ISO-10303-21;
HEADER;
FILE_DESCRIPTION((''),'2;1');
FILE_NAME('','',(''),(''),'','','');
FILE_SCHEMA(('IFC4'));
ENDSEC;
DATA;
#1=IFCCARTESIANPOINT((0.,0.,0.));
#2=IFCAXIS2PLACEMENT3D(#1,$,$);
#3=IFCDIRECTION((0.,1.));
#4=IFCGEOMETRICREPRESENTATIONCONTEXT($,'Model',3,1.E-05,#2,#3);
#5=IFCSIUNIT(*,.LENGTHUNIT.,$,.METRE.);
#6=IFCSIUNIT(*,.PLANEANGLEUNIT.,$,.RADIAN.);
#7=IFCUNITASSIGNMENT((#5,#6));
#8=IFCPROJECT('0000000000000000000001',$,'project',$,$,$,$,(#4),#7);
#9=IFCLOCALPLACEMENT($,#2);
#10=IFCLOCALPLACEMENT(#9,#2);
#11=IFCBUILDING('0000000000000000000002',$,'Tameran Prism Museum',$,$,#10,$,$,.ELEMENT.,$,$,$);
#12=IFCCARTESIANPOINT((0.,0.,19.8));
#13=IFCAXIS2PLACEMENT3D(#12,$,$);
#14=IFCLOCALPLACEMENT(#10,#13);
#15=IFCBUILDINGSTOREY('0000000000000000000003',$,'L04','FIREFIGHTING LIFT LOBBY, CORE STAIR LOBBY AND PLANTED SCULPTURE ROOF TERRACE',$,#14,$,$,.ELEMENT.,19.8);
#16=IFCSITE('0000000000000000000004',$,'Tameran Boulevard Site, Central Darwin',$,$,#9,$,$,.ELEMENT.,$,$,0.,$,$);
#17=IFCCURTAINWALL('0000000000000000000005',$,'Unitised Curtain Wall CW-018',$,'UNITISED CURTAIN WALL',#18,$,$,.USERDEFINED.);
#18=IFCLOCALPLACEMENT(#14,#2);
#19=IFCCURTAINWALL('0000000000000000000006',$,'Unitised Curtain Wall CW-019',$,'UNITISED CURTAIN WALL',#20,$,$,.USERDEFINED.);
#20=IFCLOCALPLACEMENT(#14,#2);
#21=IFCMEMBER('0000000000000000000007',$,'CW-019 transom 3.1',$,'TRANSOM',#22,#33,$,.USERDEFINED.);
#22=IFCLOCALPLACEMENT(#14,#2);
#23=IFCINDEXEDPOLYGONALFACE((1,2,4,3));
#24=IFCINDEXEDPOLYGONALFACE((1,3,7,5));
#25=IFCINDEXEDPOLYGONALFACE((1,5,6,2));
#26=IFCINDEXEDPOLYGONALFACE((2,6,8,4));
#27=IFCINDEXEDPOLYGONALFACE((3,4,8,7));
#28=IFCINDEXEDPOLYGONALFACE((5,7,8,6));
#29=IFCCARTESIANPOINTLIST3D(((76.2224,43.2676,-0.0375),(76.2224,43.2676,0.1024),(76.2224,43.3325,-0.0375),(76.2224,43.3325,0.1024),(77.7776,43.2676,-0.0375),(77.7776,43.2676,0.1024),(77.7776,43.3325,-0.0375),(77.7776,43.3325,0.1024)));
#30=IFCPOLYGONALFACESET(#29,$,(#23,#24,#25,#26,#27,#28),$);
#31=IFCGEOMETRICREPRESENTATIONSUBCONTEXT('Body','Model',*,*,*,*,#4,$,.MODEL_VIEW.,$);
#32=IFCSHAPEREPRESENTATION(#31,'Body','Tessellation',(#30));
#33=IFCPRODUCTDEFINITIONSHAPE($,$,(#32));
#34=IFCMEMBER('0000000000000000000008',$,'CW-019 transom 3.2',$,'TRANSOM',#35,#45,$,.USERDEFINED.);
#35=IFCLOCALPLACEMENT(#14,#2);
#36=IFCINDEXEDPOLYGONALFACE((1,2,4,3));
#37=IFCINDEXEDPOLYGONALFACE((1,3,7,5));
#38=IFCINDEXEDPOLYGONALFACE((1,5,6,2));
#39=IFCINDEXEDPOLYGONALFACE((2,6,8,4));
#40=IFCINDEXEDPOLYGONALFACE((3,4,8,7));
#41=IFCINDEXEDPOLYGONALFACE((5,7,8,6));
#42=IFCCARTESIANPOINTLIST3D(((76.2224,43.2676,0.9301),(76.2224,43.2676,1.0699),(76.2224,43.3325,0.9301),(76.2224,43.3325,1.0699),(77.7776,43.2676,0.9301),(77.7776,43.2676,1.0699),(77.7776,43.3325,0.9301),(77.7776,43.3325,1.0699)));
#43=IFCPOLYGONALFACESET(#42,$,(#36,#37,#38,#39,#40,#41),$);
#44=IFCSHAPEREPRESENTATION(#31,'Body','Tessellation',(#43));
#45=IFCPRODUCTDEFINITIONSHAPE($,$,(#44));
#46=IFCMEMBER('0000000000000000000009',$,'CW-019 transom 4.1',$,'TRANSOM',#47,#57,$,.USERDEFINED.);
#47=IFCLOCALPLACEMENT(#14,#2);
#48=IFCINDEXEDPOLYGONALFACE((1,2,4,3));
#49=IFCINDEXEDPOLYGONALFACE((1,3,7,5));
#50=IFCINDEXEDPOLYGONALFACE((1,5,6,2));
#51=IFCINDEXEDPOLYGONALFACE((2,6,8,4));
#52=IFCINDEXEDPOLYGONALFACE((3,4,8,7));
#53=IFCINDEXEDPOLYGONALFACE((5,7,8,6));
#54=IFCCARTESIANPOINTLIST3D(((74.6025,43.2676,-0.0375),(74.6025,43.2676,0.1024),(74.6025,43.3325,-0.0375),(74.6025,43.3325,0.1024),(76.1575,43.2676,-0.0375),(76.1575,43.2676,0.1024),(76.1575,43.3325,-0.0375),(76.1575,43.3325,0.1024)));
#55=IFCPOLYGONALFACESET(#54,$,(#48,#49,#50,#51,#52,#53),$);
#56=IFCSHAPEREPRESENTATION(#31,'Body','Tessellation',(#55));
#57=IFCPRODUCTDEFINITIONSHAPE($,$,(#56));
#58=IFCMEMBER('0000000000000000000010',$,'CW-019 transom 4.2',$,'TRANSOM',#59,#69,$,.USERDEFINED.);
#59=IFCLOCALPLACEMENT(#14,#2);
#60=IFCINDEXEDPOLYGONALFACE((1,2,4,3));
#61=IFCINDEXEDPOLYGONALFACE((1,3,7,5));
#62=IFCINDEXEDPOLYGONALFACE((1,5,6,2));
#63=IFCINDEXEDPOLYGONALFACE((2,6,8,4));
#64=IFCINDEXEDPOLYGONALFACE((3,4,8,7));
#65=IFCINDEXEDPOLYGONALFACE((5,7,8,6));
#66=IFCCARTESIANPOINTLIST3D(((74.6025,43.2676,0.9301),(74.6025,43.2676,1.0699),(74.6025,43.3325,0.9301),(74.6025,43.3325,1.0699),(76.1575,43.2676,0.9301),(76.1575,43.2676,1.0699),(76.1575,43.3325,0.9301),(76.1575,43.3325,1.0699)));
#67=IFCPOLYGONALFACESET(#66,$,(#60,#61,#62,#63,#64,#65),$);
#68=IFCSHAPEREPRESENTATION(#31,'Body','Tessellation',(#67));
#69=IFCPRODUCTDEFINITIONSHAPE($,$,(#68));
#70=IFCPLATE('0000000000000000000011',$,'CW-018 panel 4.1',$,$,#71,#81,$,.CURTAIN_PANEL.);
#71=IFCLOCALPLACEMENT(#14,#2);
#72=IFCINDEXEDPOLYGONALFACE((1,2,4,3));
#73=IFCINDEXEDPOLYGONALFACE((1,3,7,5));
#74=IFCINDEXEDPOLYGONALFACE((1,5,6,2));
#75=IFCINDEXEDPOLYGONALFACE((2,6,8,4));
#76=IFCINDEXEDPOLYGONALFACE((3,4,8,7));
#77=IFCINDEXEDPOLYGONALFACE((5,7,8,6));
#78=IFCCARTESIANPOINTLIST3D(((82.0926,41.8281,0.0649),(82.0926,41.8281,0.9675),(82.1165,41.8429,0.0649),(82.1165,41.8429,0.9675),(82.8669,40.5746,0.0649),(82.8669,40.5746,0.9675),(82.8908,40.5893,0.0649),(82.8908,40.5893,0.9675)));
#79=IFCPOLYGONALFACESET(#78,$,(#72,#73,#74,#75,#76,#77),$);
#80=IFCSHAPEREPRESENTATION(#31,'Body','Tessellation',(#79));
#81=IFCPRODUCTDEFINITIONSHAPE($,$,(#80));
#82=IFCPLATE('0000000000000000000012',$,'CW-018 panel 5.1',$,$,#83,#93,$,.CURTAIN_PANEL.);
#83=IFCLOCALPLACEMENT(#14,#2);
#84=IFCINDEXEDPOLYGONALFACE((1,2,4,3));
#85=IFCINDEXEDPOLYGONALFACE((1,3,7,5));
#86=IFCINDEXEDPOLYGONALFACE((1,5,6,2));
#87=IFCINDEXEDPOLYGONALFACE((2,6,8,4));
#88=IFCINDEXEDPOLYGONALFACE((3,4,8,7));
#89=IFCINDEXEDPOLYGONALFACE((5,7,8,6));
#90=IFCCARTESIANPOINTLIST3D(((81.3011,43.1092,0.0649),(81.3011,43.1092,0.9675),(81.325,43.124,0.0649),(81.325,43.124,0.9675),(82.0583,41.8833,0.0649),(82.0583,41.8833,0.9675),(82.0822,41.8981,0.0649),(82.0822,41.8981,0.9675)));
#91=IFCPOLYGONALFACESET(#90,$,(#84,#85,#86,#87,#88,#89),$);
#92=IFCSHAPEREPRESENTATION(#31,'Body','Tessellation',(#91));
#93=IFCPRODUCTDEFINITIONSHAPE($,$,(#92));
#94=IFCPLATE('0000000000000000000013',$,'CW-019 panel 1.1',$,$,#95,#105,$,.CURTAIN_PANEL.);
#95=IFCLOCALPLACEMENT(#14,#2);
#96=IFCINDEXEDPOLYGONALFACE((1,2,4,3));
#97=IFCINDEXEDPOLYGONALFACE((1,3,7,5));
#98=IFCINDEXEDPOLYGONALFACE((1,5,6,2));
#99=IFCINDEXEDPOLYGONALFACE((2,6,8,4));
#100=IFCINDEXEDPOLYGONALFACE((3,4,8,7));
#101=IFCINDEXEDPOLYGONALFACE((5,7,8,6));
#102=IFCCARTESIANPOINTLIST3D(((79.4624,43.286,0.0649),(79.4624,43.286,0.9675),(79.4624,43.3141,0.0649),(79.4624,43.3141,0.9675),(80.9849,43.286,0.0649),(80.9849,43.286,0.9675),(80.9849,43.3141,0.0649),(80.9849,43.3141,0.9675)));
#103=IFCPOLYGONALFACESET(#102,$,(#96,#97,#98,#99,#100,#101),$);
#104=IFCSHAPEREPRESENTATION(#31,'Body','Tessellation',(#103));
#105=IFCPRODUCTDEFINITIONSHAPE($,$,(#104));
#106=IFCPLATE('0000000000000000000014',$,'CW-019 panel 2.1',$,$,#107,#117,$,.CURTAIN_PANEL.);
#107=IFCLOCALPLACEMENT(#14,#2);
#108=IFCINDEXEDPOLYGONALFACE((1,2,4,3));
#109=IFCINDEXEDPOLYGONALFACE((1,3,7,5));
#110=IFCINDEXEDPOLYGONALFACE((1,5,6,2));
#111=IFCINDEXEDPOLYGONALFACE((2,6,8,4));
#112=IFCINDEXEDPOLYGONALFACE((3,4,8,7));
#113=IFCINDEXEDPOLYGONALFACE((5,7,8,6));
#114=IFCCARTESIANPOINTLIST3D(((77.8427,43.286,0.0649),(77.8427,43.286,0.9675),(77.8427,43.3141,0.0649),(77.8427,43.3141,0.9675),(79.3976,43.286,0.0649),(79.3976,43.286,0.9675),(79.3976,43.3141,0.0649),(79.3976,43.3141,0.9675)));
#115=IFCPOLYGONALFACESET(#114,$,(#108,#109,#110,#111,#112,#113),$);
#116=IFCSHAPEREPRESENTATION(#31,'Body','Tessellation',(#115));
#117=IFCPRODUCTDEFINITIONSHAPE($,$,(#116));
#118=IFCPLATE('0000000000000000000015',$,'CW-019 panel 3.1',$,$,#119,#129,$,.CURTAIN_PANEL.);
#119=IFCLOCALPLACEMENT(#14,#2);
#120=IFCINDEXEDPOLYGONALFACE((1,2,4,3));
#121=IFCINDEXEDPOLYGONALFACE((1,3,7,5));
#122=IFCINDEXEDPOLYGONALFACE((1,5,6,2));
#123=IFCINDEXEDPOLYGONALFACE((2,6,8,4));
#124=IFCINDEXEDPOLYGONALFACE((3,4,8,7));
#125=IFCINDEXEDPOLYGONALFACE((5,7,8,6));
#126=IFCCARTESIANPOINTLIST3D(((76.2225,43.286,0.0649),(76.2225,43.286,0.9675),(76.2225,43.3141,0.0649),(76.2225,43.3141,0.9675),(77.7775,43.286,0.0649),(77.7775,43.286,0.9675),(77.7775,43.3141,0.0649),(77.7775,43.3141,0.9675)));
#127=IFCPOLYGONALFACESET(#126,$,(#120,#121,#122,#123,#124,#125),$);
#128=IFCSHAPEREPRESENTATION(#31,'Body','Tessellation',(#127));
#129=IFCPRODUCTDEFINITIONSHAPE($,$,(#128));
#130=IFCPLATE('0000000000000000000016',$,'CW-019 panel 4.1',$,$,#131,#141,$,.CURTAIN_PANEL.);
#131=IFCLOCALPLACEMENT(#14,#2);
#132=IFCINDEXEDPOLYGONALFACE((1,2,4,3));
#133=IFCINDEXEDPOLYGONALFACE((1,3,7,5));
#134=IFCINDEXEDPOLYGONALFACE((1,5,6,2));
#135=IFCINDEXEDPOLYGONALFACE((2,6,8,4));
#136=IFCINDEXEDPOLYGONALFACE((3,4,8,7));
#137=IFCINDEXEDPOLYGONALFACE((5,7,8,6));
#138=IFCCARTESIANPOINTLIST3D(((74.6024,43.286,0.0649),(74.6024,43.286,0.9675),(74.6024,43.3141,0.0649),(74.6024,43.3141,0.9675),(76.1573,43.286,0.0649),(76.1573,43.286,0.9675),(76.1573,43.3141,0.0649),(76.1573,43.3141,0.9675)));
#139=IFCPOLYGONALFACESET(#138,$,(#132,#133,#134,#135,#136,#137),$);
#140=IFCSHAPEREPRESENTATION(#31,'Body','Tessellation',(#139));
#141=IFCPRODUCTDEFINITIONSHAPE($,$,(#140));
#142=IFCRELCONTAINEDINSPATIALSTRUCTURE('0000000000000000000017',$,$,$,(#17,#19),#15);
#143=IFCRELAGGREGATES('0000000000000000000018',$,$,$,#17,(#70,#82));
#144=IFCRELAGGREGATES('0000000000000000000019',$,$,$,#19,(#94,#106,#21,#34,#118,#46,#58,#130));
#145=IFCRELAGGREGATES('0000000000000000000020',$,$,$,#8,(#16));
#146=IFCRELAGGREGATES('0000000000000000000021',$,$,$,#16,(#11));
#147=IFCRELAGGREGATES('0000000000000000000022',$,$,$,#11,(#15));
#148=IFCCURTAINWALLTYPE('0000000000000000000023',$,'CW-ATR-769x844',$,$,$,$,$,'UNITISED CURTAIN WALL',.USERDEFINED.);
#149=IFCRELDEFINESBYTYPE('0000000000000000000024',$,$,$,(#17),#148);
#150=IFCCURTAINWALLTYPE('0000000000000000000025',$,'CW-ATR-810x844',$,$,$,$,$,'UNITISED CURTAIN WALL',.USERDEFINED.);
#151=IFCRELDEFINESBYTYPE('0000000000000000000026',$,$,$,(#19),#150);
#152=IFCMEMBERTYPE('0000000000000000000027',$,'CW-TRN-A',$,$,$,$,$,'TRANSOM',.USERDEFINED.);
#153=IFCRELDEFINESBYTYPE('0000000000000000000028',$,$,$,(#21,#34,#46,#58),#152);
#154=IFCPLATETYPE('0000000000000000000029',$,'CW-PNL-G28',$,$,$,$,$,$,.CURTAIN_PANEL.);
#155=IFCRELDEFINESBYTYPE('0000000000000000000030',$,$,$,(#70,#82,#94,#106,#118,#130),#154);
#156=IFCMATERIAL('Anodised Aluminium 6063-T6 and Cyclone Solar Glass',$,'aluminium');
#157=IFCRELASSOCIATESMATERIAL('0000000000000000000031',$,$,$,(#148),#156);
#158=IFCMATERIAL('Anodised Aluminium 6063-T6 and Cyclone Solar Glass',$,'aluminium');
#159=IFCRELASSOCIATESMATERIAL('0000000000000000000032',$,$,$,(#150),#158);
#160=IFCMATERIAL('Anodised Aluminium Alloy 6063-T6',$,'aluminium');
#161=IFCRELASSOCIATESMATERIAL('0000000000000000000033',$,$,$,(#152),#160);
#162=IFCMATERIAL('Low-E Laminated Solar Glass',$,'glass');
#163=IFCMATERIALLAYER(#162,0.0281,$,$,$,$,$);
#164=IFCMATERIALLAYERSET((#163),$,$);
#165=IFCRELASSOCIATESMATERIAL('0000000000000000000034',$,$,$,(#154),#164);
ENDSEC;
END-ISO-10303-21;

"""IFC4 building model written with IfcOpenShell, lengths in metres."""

from ifc_helpers import new_model, si_unit, direction, frame, origin, origin_2d, place, context, subcontext, project, spatial, rectangle, extrude, material, layer, layer_set, material_profile, profile_set, type_object, element, aggregate, save


model = new_model("IFC4")

# Units and contexts
model_context = context("Model", 3, precision=1e-05, world=origin(), true_north=direction((0.0, 1.0)))
body_context = subcontext(model_context, "Body", "Model", "MODEL_VIEW")
ifc_project = project(units=[si_unit("LENGTHUNIT", "METRE"), si_unit("PLANEANGLEUNIT", "RADIAN")], contexts=[model_context])

# Site, building, storey
site_placement = place(None, origin())
site = spatial("IfcSite", under=ifc_project, at=site_placement, Name="Tameran Boulevard Site, Central Darwin", CompositionType="ELEMENT", RefElevation=0.0)
building_placement = place(site_placement, origin())
building = spatial("IfcBuilding", under=site, at=building_placement, Name="Tameran Prism Museum", CompositionType="ELEMENT")
storey_placement = place(building_placement, frame((0.0, 0.0, 19.8)))
storey = spatial("IfcBuildingStorey", under=building, at=storey_placement, Name="L04", Description="FIREFIGHTING LIFT LOBBY, CORE STAIR LOBBY AND PLANTED SCULPTURE ROOF TERRACE", CompositionType="ELEMENT", Elevation=19.8)

# Curtain walls
ifc_material_1 = material(Name="Anodised Aluminium 6063-T6 and Cyclone Solar Glass", Category="aluminium")
curtain_wall_type_1 = type_object("IfcCurtainWallType", Name="CW-ATR-769x844", ElementType="UNITISED CURTAIN WALL", PredefinedType="USERDEFINED", material=ifc_material_1)
curtain_wall_1_placement = place(storey_placement, origin())
curtain_wall_1 = element("IfcCurtainWall", 1, at=curtain_wall_1_placement, inside=storey, type_object=curtain_wall_type_1, Name="Unitised Curtain Wall CW-018", ObjectType="UNITISED CURTAIN WALL", PredefinedType="USERDEFINED")
ifc_material_2 = material(Name="Anodised Aluminium 6063-T6 and Cyclone Solar Glass", Category="aluminium")
curtain_wall_type_2 = type_object("IfcCurtainWallType", Name="CW-ATR-810x844", ElementType="UNITISED CURTAIN WALL", PredefinedType="USERDEFINED", material=ifc_material_2)
curtain_wall_2_placement = place(storey_placement, origin())
curtain_wall_2 = element("IfcCurtainWall", 2, at=curtain_wall_2_placement, inside=storey, type_object=curtain_wall_type_2, Name="Unitised Curtain Wall CW-019", ObjectType="UNITISED CURTAIN WALL", PredefinedType="USERDEFINED")

# Members
ifc_material_3 = material(Name="Anodised Aluminium Alloy 6063-T6", Category="aluminium")
ifc_material_profile_1 = material_profile(ifc_material_3, rectangle(XDim=0.0649, YDim=0.1399, at=origin_2d()))
ifc_profile_set_1 = profile_set([ifc_material_profile_1])
member_type_1 = type_object("IfcMemberType", Name="CW-TRN-A", ElementType="TRANSOM", PredefinedType="USERDEFINED", material=ifc_profile_set_1)
member_1_placement = place(storey_placement, frame((77.7776, 43.3, 0.0325), z_axis=(-1.0, 0.0, 0.0), x_axis=(0.0, -1.0, 0.0)))
member_1 = element("IfcMember", 3, at=member_1_placement, type_object=member_type_1, Name="CW-019 transom 3.1", ObjectType="TRANSOM", PredefinedType="USERDEFINED", context=body_context, shape_type="SweptSolid", body=[
    extrude(rectangle(XDim=0.0649, YDim=0.1399, at=origin_2d()), origin(), (0.0, 0.0, 1.0), 1.5552),
])
member_2_placement = place(storey_placement, frame((77.7776, 43.3, 1.0), z_axis=(-1.0, 0.0, 0.0), x_axis=(0.0, -1.0, 0.0)))
member_2 = element("IfcMember", 4, at=member_2_placement, type_object=member_type_1, Name="CW-019 transom 3.2", ObjectType="TRANSOM", PredefinedType="USERDEFINED", context=body_context, shape_type="SweptSolid", body=[
    extrude(rectangle(XDim=0.0649, YDim=0.1399, at=origin_2d()), origin(), (0.0, 0.0, 1.0), 1.5552),
])
member_3_placement = place(storey_placement, frame((76.1575, 43.3, 0.0325), z_axis=(-1.0, 0.0, 0.0), x_axis=(0.0, -1.0, 0.0)))
member_3 = element("IfcMember", 5, at=member_3_placement, type_object=member_type_1, Name="CW-019 transom 4.1", ObjectType="TRANSOM", PredefinedType="USERDEFINED", context=body_context, shape_type="SweptSolid", body=[
    extrude(rectangle(XDim=0.0649, YDim=0.1399, at=origin_2d()), origin(), (0.0, 0.0, 1.0), 1.5549),
])
member_4_placement = place(storey_placement, frame((76.1575, 43.3, 1.0), z_axis=(-1.0, 0.0, 0.0), x_axis=(0.0, -1.0, 0.0)))
member_4 = element("IfcMember", 6, at=member_4_placement, type_object=member_type_1, Name="CW-019 transom 4.2", ObjectType="TRANSOM", PredefinedType="USERDEFINED", context=body_context, shape_type="SweptSolid", body=[
    extrude(rectangle(XDim=0.0649, YDim=0.1399, at=origin_2d()), origin(), (0.0, 0.0, 1.0), 1.5549),
])

# Plates
ifc_material_4 = material(Name="Low-E Laminated Solar Glass", Category="glass")
ifc_layer = layer(ifc_material_4, 0.0281)
ifc_layer_set = layer_set([ifc_layer])
plate_type = type_object("IfcPlateType", Name="CW-PNL-G28", PredefinedType="CURTAIN_PANEL", material=ifc_layer_set)
plate_1_placement = place(storey_placement, frame((82.4917, 41.2087, 0.0649), z_axis=(0.0, 0.0, 1.0), x_axis=(-0.525504, 0.850791, 0.0)))
plate_1 = element("IfcPlate", 7, at=plate_1_placement, type_object=plate_type, Name="CW-018 panel 4.1", PredefinedType="CURTAIN_PANEL", context=body_context, shape_type="SweptSolid", body=[
    extrude(rectangle(XDim=1.4734, YDim=0.0281, at=origin_2d()), origin(), (0.0, 0.0, 1.0), 0.9026),
])
plate_2_placement = place(storey_placement, frame((81.6917, 42.5037, 0.0649), z_axis=(0.0, 0.0, 1.0), x_axis=(-0.525504, 0.850791, 0.0)))
plate_2 = element("IfcPlate", 8, at=plate_2_placement, type_object=plate_type, Name="CW-018 panel 5.1", PredefinedType="CURTAIN_PANEL", context=body_context, shape_type="SweptSolid", body=[
    extrude(rectangle(XDim=1.4409, YDim=0.0281, at=origin_2d()), origin(), (0.0, 0.0, 1.0), 0.9026),
])
aggregate(curtain_wall_1, [plate_1, plate_2])
plate_3_placement = place(storey_placement, frame((80.2236, 43.3, 0.0649), z_axis=(0.0, 0.0, 1.0), x_axis=(-1.0, 0.0, 0.0)))
plate_3 = element("IfcPlate", 9, at=plate_3_placement, type_object=plate_type, Name="CW-019 panel 1.1", PredefinedType="CURTAIN_PANEL", context=body_context, shape_type="SweptSolid", body=[
    extrude(rectangle(XDim=1.5225, YDim=0.0281, at=origin_2d()), origin(), (0.0, 0.0, 1.0), 0.9026),
])
plate_4_placement = place(storey_placement, frame((78.6201, 43.3, 0.0649), z_axis=(0.0, 0.0, 1.0), x_axis=(-1.0, 0.0, 0.0)))
plate_4 = element("IfcPlate", 10, at=plate_4_placement, type_object=plate_type, Name="CW-019 panel 2.1", PredefinedType="CURTAIN_PANEL", context=body_context, shape_type="SweptSolid", body=[
    extrude(rectangle(XDim=1.5549, YDim=0.0281, at=origin_2d()), origin(), (0.0, 0.0, 1.0), 0.9026),
])
plate_5_placement = place(storey_placement, frame((77.0, 43.3, 0.0649), z_axis=(0.0, 0.0, 1.0), x_axis=(-1.0, 0.0, 0.0)))
plate_5 = element("IfcPlate", 11, at=plate_5_placement, type_object=plate_type, Name="CW-019 panel 3.1", PredefinedType="CURTAIN_PANEL", context=body_context, shape_type="SweptSolid", body=[
    extrude(rectangle(XDim=1.5549, YDim=0.0281, at=origin_2d()), origin(), (0.0, 0.0, 1.0), 0.9026),
])
plate_6_placement = place(storey_placement, frame((75.3799, 43.3, 0.0649), z_axis=(0.0, 0.0, 1.0), x_axis=(-1.0, 0.0, 0.0)))
plate_6 = element("IfcPlate", 12, at=plate_6_placement, type_object=plate_type, Name="CW-019 panel 4.1", PredefinedType="CURTAIN_PANEL", context=body_context, shape_type="SweptSolid", body=[
    extrude(rectangle(XDim=1.5549, YDim=0.0281, at=origin_2d()), origin(), (0.0, 0.0, 1.0), 0.9026),
])
aggregate(curtain_wall_2, [plate_3, plate_4, member_1, member_2, plate_5, member_3, member_4, plate_6])

save(model, "model.ifc")
